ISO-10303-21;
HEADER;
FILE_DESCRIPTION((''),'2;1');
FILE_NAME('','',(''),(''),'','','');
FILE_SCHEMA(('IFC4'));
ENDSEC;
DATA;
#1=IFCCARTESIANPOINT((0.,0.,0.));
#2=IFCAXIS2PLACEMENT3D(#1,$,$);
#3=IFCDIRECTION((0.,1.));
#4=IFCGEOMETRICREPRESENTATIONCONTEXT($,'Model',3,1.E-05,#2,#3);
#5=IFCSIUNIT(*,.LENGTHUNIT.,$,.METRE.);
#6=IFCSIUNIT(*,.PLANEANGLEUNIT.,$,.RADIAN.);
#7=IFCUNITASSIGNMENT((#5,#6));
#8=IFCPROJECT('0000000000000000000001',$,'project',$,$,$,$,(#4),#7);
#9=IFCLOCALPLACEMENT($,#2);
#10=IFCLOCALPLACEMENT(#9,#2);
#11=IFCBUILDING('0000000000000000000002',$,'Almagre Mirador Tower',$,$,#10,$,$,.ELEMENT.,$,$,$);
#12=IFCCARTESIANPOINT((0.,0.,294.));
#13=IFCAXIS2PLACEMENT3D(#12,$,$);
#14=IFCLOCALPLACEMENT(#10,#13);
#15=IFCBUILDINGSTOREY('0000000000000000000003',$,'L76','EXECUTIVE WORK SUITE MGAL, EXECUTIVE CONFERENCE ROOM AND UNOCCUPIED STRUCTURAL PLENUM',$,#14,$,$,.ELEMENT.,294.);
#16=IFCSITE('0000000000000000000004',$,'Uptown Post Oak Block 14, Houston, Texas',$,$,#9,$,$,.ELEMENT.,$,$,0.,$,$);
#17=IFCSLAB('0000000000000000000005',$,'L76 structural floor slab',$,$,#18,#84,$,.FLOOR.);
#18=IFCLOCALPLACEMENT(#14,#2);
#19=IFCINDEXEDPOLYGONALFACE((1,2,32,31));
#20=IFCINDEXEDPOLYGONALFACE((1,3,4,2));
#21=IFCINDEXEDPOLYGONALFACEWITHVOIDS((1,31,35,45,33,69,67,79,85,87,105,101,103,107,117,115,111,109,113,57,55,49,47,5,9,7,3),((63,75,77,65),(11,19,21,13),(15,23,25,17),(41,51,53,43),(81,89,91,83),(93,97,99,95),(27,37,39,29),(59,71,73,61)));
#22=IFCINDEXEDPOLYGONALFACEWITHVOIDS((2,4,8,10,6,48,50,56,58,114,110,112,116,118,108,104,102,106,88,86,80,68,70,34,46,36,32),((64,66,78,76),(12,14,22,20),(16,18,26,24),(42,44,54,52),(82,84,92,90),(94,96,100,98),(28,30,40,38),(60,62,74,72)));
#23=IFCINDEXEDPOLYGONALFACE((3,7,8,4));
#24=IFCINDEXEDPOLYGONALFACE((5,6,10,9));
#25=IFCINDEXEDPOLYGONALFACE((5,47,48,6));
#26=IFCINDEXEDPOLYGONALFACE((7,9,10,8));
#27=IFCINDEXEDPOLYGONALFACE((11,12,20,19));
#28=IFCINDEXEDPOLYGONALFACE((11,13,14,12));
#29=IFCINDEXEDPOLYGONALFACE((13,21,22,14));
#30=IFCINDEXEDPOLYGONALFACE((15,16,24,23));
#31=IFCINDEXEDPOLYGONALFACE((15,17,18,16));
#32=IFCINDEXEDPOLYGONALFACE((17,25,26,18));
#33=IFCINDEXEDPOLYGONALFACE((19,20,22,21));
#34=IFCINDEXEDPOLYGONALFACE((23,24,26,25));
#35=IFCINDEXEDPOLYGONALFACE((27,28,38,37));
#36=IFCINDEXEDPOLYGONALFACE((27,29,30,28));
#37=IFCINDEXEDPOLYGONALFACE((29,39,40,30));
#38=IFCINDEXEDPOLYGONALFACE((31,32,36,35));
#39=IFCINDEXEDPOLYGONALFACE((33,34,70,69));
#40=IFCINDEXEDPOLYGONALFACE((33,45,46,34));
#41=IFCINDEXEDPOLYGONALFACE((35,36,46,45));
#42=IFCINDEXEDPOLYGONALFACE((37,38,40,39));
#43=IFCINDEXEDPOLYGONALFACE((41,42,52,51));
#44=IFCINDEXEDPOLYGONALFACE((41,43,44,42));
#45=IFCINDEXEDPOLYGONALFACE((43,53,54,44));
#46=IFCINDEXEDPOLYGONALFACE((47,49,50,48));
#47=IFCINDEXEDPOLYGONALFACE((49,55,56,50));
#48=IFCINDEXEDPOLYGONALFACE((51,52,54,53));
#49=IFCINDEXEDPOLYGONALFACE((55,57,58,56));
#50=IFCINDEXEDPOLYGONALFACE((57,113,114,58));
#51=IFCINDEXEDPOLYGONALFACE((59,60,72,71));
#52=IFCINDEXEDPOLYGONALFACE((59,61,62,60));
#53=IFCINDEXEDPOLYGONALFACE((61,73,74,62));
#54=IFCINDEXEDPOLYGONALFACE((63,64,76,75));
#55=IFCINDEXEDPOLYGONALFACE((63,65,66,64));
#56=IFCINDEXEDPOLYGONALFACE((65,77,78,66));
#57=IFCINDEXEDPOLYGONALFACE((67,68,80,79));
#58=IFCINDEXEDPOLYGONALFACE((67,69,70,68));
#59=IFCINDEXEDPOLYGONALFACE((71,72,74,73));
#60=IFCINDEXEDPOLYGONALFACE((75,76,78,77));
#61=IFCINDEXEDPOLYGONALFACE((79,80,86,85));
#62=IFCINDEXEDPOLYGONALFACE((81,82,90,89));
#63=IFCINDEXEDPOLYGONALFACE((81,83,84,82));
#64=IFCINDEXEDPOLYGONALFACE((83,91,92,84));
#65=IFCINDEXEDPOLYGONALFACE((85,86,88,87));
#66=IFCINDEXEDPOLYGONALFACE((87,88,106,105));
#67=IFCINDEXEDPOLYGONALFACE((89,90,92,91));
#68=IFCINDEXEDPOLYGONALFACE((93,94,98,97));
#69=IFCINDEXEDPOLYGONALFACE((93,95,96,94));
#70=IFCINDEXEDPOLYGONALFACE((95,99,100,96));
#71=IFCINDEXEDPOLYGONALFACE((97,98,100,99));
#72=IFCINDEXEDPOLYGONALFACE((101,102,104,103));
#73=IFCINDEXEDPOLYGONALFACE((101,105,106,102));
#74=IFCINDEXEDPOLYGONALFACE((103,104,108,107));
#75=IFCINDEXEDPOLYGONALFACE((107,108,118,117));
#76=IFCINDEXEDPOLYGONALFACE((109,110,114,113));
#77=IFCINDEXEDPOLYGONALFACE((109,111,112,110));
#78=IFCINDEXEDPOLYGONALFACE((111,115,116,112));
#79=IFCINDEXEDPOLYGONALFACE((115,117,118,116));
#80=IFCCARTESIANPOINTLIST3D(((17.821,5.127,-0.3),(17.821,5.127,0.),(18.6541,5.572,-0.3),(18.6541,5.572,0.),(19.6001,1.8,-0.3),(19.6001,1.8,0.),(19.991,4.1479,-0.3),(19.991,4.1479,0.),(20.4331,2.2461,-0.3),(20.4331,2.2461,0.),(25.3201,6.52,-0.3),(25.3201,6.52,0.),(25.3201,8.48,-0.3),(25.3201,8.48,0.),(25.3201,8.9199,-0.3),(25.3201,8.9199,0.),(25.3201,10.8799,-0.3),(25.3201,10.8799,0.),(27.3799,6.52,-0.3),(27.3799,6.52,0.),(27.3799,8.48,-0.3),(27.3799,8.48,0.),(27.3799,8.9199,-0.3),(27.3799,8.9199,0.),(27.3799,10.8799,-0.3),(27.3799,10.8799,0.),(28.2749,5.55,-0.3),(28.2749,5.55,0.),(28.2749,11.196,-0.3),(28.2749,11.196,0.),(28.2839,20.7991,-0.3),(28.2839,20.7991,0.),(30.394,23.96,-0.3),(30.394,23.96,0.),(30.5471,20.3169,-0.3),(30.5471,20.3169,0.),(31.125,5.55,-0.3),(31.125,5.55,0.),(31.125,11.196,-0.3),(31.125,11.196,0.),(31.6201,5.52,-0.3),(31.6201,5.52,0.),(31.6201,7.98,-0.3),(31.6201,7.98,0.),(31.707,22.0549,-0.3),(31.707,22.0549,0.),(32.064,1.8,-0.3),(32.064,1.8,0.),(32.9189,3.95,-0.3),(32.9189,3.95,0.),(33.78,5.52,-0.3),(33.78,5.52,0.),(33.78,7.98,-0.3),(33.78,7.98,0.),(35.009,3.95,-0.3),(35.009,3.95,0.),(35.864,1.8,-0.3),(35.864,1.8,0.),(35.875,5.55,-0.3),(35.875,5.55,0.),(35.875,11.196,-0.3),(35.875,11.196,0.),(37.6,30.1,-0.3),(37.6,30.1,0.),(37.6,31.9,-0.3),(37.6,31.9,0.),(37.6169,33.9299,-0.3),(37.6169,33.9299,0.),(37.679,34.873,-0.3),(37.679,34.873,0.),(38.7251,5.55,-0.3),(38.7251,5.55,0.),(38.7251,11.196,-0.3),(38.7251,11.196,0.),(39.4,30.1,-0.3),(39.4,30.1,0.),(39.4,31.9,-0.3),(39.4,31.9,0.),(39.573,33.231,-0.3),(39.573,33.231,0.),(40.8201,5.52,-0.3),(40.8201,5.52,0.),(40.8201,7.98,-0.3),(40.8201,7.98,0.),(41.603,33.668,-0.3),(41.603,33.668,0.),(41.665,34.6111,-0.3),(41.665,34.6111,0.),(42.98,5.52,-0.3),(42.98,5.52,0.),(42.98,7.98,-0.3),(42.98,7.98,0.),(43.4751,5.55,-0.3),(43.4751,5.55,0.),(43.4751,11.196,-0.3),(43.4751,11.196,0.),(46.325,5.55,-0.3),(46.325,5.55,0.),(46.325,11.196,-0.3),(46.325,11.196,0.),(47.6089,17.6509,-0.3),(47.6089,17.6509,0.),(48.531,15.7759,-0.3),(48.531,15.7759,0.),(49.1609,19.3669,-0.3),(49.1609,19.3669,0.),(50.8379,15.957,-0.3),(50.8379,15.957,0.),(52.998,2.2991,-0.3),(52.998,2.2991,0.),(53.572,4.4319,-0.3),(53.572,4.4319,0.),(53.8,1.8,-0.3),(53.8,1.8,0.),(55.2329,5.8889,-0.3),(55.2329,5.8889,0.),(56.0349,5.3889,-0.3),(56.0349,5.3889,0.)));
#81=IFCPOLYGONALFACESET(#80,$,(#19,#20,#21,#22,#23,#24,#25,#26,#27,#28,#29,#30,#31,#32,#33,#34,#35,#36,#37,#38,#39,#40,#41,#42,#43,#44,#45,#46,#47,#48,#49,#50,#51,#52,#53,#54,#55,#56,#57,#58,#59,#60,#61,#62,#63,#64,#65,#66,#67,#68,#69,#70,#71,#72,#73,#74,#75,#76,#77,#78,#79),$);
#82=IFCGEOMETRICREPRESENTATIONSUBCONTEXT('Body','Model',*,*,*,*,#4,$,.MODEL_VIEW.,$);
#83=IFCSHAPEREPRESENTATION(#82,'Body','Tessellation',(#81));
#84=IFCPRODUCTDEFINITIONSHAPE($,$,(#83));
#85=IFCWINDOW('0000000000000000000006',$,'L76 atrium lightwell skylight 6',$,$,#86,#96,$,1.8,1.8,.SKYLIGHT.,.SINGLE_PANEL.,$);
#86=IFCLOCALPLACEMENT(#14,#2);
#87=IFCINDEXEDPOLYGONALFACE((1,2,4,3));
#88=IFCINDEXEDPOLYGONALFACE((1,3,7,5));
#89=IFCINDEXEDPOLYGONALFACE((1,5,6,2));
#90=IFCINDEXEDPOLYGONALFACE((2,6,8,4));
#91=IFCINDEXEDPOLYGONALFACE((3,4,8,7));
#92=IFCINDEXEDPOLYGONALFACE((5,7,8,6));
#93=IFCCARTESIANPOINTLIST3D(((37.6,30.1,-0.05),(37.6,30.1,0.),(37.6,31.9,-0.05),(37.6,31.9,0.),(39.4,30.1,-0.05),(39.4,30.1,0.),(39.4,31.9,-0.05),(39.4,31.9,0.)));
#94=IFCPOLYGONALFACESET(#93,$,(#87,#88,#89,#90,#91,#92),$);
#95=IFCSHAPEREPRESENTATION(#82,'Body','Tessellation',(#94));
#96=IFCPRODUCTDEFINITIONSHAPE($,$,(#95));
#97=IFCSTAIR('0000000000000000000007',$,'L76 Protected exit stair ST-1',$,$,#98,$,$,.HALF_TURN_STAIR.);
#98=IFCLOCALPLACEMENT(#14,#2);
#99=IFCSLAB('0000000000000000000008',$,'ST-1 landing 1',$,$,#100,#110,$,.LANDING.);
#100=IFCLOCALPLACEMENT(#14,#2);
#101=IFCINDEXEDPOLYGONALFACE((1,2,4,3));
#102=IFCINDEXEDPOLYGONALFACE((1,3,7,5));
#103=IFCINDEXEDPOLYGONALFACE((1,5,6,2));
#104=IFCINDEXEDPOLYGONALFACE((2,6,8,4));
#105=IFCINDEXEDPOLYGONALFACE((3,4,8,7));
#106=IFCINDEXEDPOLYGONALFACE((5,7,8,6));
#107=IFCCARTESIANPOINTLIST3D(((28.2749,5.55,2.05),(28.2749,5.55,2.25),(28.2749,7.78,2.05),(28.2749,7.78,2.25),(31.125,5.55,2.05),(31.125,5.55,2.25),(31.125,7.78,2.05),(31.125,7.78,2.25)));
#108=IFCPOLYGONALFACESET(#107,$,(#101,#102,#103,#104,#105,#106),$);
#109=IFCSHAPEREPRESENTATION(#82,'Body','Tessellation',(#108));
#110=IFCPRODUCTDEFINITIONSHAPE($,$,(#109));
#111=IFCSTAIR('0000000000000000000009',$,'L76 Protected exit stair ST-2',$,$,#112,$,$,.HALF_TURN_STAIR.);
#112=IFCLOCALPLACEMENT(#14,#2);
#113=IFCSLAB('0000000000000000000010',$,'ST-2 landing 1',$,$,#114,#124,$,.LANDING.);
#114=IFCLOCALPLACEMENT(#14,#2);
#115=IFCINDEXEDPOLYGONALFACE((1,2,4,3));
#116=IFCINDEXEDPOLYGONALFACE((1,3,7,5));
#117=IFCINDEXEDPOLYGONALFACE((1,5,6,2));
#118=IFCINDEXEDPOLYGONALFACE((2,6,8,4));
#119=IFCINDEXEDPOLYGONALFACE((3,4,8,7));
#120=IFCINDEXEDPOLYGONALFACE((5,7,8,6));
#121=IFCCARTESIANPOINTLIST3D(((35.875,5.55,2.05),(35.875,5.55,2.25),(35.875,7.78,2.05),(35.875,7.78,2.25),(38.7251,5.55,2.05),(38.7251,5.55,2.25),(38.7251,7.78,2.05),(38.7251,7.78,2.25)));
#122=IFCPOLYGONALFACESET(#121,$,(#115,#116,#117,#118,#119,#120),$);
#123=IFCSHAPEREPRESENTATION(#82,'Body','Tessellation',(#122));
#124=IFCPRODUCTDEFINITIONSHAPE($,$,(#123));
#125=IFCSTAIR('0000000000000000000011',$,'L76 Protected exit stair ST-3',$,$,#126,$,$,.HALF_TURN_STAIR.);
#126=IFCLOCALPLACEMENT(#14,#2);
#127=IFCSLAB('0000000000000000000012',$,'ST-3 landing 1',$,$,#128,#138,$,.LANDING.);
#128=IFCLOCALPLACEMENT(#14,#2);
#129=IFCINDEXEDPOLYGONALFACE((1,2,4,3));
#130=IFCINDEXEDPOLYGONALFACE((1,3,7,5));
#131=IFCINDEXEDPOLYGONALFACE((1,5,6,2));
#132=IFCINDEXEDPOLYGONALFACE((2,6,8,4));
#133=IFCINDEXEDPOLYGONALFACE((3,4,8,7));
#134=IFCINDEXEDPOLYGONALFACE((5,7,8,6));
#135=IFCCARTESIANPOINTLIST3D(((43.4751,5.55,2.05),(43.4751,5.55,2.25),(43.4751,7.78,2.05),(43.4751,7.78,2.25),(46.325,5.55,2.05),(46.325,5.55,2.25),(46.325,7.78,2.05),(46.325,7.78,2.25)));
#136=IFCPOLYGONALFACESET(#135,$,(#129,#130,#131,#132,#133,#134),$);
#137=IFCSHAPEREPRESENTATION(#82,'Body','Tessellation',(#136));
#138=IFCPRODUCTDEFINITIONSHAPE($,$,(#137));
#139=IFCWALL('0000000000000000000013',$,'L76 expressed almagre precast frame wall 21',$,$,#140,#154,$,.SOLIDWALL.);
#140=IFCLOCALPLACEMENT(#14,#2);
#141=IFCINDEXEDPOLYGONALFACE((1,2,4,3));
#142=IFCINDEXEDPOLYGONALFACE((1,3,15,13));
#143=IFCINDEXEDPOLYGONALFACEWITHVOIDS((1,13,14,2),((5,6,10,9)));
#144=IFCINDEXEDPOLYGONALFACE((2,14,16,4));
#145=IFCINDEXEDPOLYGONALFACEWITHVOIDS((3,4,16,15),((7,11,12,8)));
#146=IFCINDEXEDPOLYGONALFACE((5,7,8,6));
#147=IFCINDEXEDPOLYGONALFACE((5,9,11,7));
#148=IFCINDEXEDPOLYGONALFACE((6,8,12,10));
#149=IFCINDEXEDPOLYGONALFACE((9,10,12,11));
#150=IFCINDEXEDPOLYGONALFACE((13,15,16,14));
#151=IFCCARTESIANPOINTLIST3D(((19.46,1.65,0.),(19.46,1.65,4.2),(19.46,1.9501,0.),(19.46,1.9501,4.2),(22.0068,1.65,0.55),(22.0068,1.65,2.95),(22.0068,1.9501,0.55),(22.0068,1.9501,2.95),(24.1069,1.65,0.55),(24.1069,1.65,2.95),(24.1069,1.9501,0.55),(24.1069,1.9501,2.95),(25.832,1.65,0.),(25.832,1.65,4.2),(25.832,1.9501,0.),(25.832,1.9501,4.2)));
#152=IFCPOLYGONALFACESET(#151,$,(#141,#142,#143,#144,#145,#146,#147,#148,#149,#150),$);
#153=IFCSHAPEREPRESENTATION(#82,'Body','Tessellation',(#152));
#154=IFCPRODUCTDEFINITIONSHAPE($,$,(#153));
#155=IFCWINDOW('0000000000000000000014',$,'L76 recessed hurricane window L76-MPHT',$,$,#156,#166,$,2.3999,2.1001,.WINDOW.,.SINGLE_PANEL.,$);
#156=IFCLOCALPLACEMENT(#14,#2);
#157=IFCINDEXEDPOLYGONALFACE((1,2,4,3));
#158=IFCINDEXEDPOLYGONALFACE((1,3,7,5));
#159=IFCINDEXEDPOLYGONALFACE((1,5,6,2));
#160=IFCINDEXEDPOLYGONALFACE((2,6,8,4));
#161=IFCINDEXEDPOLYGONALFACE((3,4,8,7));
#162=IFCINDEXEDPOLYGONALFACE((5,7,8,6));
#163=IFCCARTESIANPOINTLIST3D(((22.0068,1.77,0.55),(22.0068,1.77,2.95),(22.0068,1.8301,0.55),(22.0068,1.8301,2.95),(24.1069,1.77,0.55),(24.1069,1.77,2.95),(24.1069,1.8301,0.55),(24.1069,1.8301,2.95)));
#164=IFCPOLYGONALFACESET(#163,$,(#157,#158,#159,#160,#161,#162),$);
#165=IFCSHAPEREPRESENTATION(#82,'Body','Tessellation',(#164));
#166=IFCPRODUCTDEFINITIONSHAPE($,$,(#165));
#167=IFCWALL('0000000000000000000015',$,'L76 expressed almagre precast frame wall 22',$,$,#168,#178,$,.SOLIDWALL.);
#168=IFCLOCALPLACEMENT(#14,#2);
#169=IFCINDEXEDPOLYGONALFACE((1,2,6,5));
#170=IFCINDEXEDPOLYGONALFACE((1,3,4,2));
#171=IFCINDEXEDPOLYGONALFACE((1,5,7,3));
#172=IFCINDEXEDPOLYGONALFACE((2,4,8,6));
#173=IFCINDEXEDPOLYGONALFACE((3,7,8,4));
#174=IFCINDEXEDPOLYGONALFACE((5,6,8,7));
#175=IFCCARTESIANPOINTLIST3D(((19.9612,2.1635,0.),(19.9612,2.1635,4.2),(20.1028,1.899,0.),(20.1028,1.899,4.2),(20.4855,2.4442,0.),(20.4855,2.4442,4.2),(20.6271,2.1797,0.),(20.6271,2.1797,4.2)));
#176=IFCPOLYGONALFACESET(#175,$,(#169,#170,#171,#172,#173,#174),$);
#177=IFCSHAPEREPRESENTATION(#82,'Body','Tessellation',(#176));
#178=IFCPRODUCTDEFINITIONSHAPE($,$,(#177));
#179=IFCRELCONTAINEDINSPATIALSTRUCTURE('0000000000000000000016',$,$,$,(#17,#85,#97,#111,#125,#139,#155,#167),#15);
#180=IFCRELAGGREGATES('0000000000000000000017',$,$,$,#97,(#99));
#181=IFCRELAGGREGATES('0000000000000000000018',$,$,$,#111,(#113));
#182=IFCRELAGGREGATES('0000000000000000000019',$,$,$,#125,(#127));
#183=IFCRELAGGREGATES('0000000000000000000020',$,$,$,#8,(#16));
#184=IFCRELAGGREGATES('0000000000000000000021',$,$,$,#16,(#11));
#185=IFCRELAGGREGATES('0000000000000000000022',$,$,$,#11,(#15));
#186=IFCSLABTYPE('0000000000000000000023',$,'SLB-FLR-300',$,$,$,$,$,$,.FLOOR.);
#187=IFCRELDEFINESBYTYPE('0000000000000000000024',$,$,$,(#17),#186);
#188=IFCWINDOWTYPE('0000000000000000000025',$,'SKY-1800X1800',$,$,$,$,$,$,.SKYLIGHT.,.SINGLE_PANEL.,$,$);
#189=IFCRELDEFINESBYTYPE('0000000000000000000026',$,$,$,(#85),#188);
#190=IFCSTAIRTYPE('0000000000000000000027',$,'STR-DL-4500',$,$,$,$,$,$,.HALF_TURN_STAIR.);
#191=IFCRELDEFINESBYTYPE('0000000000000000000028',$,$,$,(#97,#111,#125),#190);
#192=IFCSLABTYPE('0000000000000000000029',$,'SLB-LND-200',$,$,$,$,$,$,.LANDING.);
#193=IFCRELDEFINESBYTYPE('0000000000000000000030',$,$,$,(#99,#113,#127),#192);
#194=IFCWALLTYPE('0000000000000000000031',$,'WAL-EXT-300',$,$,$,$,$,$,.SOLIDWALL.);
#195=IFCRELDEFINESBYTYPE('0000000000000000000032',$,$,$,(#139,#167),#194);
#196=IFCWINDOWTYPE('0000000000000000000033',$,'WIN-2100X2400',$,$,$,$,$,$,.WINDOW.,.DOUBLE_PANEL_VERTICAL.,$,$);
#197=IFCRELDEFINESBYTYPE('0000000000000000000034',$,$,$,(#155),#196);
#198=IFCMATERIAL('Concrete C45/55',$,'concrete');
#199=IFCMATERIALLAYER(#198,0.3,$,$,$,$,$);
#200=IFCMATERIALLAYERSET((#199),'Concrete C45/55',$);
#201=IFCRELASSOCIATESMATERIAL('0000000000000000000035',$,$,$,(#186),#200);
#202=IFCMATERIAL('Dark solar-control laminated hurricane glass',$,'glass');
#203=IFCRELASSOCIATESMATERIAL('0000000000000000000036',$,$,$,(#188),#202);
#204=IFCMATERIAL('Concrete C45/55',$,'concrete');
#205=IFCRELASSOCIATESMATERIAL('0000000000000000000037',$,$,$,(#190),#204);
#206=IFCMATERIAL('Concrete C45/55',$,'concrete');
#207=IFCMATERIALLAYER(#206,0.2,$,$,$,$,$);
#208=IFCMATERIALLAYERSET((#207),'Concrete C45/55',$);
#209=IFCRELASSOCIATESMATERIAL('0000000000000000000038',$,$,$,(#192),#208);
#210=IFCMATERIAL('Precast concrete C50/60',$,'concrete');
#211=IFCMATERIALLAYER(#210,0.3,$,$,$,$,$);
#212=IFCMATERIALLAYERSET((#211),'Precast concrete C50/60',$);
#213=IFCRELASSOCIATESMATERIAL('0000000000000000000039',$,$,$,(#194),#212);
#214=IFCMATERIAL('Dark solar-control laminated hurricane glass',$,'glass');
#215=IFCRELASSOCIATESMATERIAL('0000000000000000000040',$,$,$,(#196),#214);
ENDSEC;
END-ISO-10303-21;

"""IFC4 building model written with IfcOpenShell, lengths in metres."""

from ifc_helpers import new_model, si_unit, direction, frame, frame_2d, origin, origin_2d, place, context, subcontext, project, spatial, polyline, rectangle, outline, extrude, material, layer, layer_set, type_object, element, fill, aggregate, save


model = new_model("IFC4")

# Units and contexts
model_context = context("Model", 3, precision=1e-05, world=origin(), true_north=direction((0.0, 1.0)))
body_context = subcontext(model_context, "Body", "Model", "MODEL_VIEW")
ifc_project = project(units=[si_unit("LENGTHUNIT", "METRE"), si_unit("PLANEANGLEUNIT", "RADIAN")], contexts=[model_context])

# Site, building, storey
site_placement = place(None, origin())
site = spatial("IfcSite", under=ifc_project, at=site_placement, Name="Uptown Post Oak Block 14, Houston, Texas", CompositionType="ELEMENT", RefElevation=0.0)
building_placement = place(site_placement, origin())
building = spatial("IfcBuilding", under=site, at=building_placement, Name="Almagre Mirador Tower", CompositionType="ELEMENT")
storey_placement = place(building_placement, frame((0.0, 0.0, 294.0)))
storey = spatial("IfcBuildingStorey", under=building, at=storey_placement, Name="L76", Description="EXECUTIVE WORK SUITE MGAL, EXECUTIVE CONFERENCE ROOM AND UNOCCUPIED STRUCTURAL PLENUM", CompositionType="ELEMENT", Elevation=294.0)

# Slab, opening, window
ifc_material_1 = material(Name="Concrete C45/55", Category="concrete")
ifc_layer_1 = layer(ifc_material_1, 0.3)
ifc_layer_set_1 = layer_set([ifc_layer_1], Name="Concrete C45/55")
slab_type_1 = type_object("IfcSlabType", Name="SLB-FLR-300", PredefinedType="FLOOR", material=ifc_layer_set_1)
slab_1_placement = place(storey_placement, frame((0.0, 0.0, -0.3)))
slab_1 = element("IfcSlab", 1, at=slab_1_placement, inside=storey, type_object=slab_type_1, Name="L76 structural floor slab", PredefinedType="FLOOR", context=body_context, shape_type="SweptSolid", body=[
    extrude(outline(polyline([(17.821, 5.127), (18.6541, 5.572), (19.991, 4.1479), (20.4331, 2.2461), (19.6001, 1.8), (32.064, 1.8), (32.9189, 3.95), (35.009, 3.95), (35.864, 1.8), (53.8, 1.8), (52.998, 2.2991), (53.572, 4.4319), (55.2329, 5.8889), (56.0349, 5.3889), (50.8379, 15.957), (48.531, 15.7759), (47.6089, 17.6509), (49.1609, 19.3669), (41.665, 34.6111), (41.603, 33.668), (39.573, 33.231), (37.6169, 33.9299), (37.679, 34.873), (30.394, 23.96), (31.707, 22.0549), (30.5471, 20.3169), (28.2839, 20.7991), (17.821, 5.127)]), holes=[polyline([(43.4751, 5.55), (43.4751, 11.196), (46.325, 11.196), (46.325, 5.55), (43.4751, 5.55)]), polyline([(42.98, 5.52), (40.8201, 5.52), (40.8201, 7.98), (42.98, 7.98), (42.98, 5.52)]), polyline([(35.875, 5.55), (35.875, 11.196), (38.7251, 11.196), (38.7251, 5.55), (35.875, 5.55)]), polyline([(33.78, 7.98), (33.78, 5.52), (31.6201, 5.52), (31.6201, 7.98), (33.78, 7.98)]), polyline([(28.2749, 5.55), (28.2749, 11.196), (31.125, 11.196), (31.125, 5.55), (28.2749, 5.55)]), polyline([(27.3799, 6.52), (25.3201, 6.52), (25.3201, 8.48), (27.3799, 8.48), (27.3799, 6.52)]), polyline([(27.3799, 8.9199), (25.3201, 8.9199), (25.3201, 10.8799), (27.3799, 10.8799), (27.3799, 8.9199)])]), origin(), (0.0, 0.0, 1.0), 0.3),
])
opening_1_placement = place(slab_1_placement, frame((38.5, 31.0, 0.0)))
opening_1 = element("IfcOpeningElement", 2, at=opening_1_placement, cuts=slab_1, PredefinedType="OPENING", context=body_context, shape_type="SweptSolid", body=[
    extrude(rectangle(XDim=1.8, YDim=1.8, at=origin_2d()), origin(), (0.0, 0.0, 1.0), 0.3),
])
ifc_material_2 = material(Name="Dark solar-control laminated hurricane glass", Category="glass")
window_type_1 = type_object("IfcWindowType", Name="SKY-1800X1800", PartitioningType="SINGLE_PANEL", PredefinedType="SKYLIGHT", material=ifc_material_2)
window_1_placement = place(opening_1_placement, frame((0.0, 0.0, 0.25)))
window_1 = element("IfcWindow", 3, at=window_1_placement, inside=storey, type_object=window_type_1, Name="L76 atrium lightwell skylight 6", OverallHeight=1.8, OverallWidth=1.8, PartitioningType="SINGLE_PANEL", PredefinedType="SKYLIGHT", context=body_context, shape_type="SweptSolid", body=[
    extrude(rectangle(XDim=1.8, YDim=1.8, at=origin_2d()), origin(), (0.0, 0.0, 1.0), 0.05),
])
fill(opening_1, window_1)

# Stairs, slabs
ifc_material_3 = material(Name="Concrete C45/55", Category="concrete")
stair_type = type_object("IfcStairType", Name="STR-DL-4500", PredefinedType="HALF_TURN_STAIR", material=ifc_material_3)
stair_1_placement = place(storey_placement, origin())
stair_1 = element("IfcStair", 4, at=stair_1_placement, inside=storey, type_object=stair_type, Name="L76 Protected exit stair ST-1", PredefinedType="HALF_TURN_STAIR")
ifc_material_4 = material(Name="Concrete C45/55", Category="concrete")
ifc_layer_2 = layer(ifc_material_4, 0.2)
ifc_layer_set_2 = layer_set([ifc_layer_2], Name="Concrete C45/55")
slab_type_2 = type_object("IfcSlabType", Name="SLB-LND-200", PredefinedType="LANDING", material=ifc_layer_set_2)
slab_2_placement = place(storey_placement, frame((0.0, 0.0, 2.05)))
slab_2 = element("IfcSlab", 5, at=slab_2_placement, type_object=slab_type_2, Name="ST-1 landing 1", PredefinedType="LANDING", context=body_context, shape_type="SweptSolid", body=[
    extrude(outline(polyline([(28.2749, 7.78), (28.2749, 5.55), (31.125, 5.55), (31.125, 7.78), (28.2749, 7.78)])), origin(), (0.0, 0.0, 1.0), 0.2),
])
aggregate(stair_1, [slab_2])
stair_2_placement = place(storey_placement, origin())
stair_2 = element("IfcStair", 6, at=stair_2_placement, inside=storey, type_object=stair_type, Name="L76 Protected exit stair ST-2", PredefinedType="HALF_TURN_STAIR")
slab_3_placement = place(storey_placement, frame((0.0, 0.0, 2.05)))
slab_3 = element("IfcSlab", 7, at=slab_3_placement, type_object=slab_type_2, Name="ST-2 landing 1", PredefinedType="LANDING", context=body_context, shape_type="SweptSolid", body=[
    extrude(outline(polyline([(35.875, 7.78), (35.875, 5.55), (38.7251, 5.55), (38.7251, 7.78), (35.875, 7.78)])), origin(), (0.0, 0.0, 1.0), 0.2),
])
aggregate(stair_2, [slab_3])
stair_3_placement = place(storey_placement, origin())
stair_3 = element("IfcStair", 8, at=stair_3_placement, inside=storey, type_object=stair_type, Name="L76 Protected exit stair ST-3", PredefinedType="HALF_TURN_STAIR")
slab_4_placement = place(storey_placement, frame((0.0, 0.0, 2.05)))
slab_4 = element("IfcSlab", 9, at=slab_4_placement, type_object=slab_type_2, Name="ST-3 landing 1", PredefinedType="LANDING", context=body_context, shape_type="SweptSolid", body=[
    extrude(outline(polyline([(43.4751, 7.78), (43.4751, 5.55), (46.325, 5.55), (46.325, 7.78), (43.4751, 7.78)])), origin(), (0.0, 0.0, 1.0), 0.2),
])
aggregate(stair_3, [slab_4])

# Wall, opening, window
ifc_material_5 = material(Name="Precast concrete C50/60", Category="concrete")
ifc_layer_3 = layer(ifc_material_5, 0.3)
ifc_layer_set_3 = layer_set([ifc_layer_3], Name="Precast concrete C50/60")
wall_type_1 = type_object("IfcWallType", Name="WAL-EXT-300", PredefinedType="SOLIDWALL", material=ifc_layer_set_3)
wall_1_placement = place(storey_placement, frame((25.832, 1.8, 0.0), z_axis=(0.0, 0.0, 1.0), x_axis=(-1.0, 0.0, 0.0)))
wall_1 = element("IfcWall", 10, at=wall_1_placement, inside=storey, type_object=wall_type_1, Name="L76 expressed almagre precast frame wall 21", PredefinedType="SOLIDWALL", context=body_context, shape_type="SweptSolid", body=[
    extrude(rectangle(XDim=6.3721, YDim=0.3, at=frame_2d((3.186, 0.0))), origin(), (0.0, 0.0, 1.0), 4.2),
])
opening_2_placement = place(wall_1_placement, frame((1.7251, 0.0, 0.55)))
opening_2 = element("IfcOpeningElement", 11, at=opening_2_placement, cuts=wall_1, PredefinedType="OPENING", context=body_context, shape_type="SweptSolid", body=[
    extrude(rectangle(XDim=2.1001, YDim=2.3999, at=frame_2d((1.05, 1.2))), frame((0.0, 0.1599, 0.0), z_axis=(0.0, -1.0, 0.0), x_axis=(1.0, 0.0, 0.0)), (0.0, 0.0, 1.0), 0.32),
])
ifc_material_6 = material(Name="Dark solar-control laminated hurricane glass", Category="glass")
window_type_2 = type_object("IfcWindowType", Name="WIN-2100X2400", PartitioningType="DOUBLE_PANEL_VERTICAL", PredefinedType="WINDOW", material=ifc_material_6)
window_2_placement = place(opening_2_placement, origin())
window_2 = element("IfcWindow", 12, at=window_2_placement, inside=storey, type_object=window_type_2, Name="L76 recessed hurricane window L76-MPHT", OverallHeight=2.3999, OverallWidth=2.1001, PartitioningType="SINGLE_PANEL", PredefinedType="WINDOW", context=body_context, shape_type="SweptSolid", body=[
    extrude(rectangle(XDim=2.1001, YDim=2.3999, at=frame_2d((1.05, 1.2))), frame((0.0, 0.03, 0.0), z_axis=(0.0, -1.0, 0.0), x_axis=(1.0, 0.0, 0.0)), (0.0, 0.0, 1.0), 0.0601),
])
fill(opening_2, window_2)

# Wall
wall_2_placement = place(storey_placement, frame((20.032, 2.0312, 0.0), z_axis=(0.0, 0.0, 1.0), x_axis=(0.881602, 0.471994, 0.0)))
element("IfcWall", 13, at=wall_2_placement, inside=storey, type_object=wall_type_1, Name="L76 expressed almagre precast frame wall 22", PredefinedType="SOLIDWALL", context=body_context, shape_type="SweptSolid", body=[
    extrude(rectangle(XDim=0.5947, YDim=0.3, at=frame_2d((0.2974, 0.0))), origin(), (0.0, 0.0, 1.0), 4.2),
])

save(model, "model.ifc")
